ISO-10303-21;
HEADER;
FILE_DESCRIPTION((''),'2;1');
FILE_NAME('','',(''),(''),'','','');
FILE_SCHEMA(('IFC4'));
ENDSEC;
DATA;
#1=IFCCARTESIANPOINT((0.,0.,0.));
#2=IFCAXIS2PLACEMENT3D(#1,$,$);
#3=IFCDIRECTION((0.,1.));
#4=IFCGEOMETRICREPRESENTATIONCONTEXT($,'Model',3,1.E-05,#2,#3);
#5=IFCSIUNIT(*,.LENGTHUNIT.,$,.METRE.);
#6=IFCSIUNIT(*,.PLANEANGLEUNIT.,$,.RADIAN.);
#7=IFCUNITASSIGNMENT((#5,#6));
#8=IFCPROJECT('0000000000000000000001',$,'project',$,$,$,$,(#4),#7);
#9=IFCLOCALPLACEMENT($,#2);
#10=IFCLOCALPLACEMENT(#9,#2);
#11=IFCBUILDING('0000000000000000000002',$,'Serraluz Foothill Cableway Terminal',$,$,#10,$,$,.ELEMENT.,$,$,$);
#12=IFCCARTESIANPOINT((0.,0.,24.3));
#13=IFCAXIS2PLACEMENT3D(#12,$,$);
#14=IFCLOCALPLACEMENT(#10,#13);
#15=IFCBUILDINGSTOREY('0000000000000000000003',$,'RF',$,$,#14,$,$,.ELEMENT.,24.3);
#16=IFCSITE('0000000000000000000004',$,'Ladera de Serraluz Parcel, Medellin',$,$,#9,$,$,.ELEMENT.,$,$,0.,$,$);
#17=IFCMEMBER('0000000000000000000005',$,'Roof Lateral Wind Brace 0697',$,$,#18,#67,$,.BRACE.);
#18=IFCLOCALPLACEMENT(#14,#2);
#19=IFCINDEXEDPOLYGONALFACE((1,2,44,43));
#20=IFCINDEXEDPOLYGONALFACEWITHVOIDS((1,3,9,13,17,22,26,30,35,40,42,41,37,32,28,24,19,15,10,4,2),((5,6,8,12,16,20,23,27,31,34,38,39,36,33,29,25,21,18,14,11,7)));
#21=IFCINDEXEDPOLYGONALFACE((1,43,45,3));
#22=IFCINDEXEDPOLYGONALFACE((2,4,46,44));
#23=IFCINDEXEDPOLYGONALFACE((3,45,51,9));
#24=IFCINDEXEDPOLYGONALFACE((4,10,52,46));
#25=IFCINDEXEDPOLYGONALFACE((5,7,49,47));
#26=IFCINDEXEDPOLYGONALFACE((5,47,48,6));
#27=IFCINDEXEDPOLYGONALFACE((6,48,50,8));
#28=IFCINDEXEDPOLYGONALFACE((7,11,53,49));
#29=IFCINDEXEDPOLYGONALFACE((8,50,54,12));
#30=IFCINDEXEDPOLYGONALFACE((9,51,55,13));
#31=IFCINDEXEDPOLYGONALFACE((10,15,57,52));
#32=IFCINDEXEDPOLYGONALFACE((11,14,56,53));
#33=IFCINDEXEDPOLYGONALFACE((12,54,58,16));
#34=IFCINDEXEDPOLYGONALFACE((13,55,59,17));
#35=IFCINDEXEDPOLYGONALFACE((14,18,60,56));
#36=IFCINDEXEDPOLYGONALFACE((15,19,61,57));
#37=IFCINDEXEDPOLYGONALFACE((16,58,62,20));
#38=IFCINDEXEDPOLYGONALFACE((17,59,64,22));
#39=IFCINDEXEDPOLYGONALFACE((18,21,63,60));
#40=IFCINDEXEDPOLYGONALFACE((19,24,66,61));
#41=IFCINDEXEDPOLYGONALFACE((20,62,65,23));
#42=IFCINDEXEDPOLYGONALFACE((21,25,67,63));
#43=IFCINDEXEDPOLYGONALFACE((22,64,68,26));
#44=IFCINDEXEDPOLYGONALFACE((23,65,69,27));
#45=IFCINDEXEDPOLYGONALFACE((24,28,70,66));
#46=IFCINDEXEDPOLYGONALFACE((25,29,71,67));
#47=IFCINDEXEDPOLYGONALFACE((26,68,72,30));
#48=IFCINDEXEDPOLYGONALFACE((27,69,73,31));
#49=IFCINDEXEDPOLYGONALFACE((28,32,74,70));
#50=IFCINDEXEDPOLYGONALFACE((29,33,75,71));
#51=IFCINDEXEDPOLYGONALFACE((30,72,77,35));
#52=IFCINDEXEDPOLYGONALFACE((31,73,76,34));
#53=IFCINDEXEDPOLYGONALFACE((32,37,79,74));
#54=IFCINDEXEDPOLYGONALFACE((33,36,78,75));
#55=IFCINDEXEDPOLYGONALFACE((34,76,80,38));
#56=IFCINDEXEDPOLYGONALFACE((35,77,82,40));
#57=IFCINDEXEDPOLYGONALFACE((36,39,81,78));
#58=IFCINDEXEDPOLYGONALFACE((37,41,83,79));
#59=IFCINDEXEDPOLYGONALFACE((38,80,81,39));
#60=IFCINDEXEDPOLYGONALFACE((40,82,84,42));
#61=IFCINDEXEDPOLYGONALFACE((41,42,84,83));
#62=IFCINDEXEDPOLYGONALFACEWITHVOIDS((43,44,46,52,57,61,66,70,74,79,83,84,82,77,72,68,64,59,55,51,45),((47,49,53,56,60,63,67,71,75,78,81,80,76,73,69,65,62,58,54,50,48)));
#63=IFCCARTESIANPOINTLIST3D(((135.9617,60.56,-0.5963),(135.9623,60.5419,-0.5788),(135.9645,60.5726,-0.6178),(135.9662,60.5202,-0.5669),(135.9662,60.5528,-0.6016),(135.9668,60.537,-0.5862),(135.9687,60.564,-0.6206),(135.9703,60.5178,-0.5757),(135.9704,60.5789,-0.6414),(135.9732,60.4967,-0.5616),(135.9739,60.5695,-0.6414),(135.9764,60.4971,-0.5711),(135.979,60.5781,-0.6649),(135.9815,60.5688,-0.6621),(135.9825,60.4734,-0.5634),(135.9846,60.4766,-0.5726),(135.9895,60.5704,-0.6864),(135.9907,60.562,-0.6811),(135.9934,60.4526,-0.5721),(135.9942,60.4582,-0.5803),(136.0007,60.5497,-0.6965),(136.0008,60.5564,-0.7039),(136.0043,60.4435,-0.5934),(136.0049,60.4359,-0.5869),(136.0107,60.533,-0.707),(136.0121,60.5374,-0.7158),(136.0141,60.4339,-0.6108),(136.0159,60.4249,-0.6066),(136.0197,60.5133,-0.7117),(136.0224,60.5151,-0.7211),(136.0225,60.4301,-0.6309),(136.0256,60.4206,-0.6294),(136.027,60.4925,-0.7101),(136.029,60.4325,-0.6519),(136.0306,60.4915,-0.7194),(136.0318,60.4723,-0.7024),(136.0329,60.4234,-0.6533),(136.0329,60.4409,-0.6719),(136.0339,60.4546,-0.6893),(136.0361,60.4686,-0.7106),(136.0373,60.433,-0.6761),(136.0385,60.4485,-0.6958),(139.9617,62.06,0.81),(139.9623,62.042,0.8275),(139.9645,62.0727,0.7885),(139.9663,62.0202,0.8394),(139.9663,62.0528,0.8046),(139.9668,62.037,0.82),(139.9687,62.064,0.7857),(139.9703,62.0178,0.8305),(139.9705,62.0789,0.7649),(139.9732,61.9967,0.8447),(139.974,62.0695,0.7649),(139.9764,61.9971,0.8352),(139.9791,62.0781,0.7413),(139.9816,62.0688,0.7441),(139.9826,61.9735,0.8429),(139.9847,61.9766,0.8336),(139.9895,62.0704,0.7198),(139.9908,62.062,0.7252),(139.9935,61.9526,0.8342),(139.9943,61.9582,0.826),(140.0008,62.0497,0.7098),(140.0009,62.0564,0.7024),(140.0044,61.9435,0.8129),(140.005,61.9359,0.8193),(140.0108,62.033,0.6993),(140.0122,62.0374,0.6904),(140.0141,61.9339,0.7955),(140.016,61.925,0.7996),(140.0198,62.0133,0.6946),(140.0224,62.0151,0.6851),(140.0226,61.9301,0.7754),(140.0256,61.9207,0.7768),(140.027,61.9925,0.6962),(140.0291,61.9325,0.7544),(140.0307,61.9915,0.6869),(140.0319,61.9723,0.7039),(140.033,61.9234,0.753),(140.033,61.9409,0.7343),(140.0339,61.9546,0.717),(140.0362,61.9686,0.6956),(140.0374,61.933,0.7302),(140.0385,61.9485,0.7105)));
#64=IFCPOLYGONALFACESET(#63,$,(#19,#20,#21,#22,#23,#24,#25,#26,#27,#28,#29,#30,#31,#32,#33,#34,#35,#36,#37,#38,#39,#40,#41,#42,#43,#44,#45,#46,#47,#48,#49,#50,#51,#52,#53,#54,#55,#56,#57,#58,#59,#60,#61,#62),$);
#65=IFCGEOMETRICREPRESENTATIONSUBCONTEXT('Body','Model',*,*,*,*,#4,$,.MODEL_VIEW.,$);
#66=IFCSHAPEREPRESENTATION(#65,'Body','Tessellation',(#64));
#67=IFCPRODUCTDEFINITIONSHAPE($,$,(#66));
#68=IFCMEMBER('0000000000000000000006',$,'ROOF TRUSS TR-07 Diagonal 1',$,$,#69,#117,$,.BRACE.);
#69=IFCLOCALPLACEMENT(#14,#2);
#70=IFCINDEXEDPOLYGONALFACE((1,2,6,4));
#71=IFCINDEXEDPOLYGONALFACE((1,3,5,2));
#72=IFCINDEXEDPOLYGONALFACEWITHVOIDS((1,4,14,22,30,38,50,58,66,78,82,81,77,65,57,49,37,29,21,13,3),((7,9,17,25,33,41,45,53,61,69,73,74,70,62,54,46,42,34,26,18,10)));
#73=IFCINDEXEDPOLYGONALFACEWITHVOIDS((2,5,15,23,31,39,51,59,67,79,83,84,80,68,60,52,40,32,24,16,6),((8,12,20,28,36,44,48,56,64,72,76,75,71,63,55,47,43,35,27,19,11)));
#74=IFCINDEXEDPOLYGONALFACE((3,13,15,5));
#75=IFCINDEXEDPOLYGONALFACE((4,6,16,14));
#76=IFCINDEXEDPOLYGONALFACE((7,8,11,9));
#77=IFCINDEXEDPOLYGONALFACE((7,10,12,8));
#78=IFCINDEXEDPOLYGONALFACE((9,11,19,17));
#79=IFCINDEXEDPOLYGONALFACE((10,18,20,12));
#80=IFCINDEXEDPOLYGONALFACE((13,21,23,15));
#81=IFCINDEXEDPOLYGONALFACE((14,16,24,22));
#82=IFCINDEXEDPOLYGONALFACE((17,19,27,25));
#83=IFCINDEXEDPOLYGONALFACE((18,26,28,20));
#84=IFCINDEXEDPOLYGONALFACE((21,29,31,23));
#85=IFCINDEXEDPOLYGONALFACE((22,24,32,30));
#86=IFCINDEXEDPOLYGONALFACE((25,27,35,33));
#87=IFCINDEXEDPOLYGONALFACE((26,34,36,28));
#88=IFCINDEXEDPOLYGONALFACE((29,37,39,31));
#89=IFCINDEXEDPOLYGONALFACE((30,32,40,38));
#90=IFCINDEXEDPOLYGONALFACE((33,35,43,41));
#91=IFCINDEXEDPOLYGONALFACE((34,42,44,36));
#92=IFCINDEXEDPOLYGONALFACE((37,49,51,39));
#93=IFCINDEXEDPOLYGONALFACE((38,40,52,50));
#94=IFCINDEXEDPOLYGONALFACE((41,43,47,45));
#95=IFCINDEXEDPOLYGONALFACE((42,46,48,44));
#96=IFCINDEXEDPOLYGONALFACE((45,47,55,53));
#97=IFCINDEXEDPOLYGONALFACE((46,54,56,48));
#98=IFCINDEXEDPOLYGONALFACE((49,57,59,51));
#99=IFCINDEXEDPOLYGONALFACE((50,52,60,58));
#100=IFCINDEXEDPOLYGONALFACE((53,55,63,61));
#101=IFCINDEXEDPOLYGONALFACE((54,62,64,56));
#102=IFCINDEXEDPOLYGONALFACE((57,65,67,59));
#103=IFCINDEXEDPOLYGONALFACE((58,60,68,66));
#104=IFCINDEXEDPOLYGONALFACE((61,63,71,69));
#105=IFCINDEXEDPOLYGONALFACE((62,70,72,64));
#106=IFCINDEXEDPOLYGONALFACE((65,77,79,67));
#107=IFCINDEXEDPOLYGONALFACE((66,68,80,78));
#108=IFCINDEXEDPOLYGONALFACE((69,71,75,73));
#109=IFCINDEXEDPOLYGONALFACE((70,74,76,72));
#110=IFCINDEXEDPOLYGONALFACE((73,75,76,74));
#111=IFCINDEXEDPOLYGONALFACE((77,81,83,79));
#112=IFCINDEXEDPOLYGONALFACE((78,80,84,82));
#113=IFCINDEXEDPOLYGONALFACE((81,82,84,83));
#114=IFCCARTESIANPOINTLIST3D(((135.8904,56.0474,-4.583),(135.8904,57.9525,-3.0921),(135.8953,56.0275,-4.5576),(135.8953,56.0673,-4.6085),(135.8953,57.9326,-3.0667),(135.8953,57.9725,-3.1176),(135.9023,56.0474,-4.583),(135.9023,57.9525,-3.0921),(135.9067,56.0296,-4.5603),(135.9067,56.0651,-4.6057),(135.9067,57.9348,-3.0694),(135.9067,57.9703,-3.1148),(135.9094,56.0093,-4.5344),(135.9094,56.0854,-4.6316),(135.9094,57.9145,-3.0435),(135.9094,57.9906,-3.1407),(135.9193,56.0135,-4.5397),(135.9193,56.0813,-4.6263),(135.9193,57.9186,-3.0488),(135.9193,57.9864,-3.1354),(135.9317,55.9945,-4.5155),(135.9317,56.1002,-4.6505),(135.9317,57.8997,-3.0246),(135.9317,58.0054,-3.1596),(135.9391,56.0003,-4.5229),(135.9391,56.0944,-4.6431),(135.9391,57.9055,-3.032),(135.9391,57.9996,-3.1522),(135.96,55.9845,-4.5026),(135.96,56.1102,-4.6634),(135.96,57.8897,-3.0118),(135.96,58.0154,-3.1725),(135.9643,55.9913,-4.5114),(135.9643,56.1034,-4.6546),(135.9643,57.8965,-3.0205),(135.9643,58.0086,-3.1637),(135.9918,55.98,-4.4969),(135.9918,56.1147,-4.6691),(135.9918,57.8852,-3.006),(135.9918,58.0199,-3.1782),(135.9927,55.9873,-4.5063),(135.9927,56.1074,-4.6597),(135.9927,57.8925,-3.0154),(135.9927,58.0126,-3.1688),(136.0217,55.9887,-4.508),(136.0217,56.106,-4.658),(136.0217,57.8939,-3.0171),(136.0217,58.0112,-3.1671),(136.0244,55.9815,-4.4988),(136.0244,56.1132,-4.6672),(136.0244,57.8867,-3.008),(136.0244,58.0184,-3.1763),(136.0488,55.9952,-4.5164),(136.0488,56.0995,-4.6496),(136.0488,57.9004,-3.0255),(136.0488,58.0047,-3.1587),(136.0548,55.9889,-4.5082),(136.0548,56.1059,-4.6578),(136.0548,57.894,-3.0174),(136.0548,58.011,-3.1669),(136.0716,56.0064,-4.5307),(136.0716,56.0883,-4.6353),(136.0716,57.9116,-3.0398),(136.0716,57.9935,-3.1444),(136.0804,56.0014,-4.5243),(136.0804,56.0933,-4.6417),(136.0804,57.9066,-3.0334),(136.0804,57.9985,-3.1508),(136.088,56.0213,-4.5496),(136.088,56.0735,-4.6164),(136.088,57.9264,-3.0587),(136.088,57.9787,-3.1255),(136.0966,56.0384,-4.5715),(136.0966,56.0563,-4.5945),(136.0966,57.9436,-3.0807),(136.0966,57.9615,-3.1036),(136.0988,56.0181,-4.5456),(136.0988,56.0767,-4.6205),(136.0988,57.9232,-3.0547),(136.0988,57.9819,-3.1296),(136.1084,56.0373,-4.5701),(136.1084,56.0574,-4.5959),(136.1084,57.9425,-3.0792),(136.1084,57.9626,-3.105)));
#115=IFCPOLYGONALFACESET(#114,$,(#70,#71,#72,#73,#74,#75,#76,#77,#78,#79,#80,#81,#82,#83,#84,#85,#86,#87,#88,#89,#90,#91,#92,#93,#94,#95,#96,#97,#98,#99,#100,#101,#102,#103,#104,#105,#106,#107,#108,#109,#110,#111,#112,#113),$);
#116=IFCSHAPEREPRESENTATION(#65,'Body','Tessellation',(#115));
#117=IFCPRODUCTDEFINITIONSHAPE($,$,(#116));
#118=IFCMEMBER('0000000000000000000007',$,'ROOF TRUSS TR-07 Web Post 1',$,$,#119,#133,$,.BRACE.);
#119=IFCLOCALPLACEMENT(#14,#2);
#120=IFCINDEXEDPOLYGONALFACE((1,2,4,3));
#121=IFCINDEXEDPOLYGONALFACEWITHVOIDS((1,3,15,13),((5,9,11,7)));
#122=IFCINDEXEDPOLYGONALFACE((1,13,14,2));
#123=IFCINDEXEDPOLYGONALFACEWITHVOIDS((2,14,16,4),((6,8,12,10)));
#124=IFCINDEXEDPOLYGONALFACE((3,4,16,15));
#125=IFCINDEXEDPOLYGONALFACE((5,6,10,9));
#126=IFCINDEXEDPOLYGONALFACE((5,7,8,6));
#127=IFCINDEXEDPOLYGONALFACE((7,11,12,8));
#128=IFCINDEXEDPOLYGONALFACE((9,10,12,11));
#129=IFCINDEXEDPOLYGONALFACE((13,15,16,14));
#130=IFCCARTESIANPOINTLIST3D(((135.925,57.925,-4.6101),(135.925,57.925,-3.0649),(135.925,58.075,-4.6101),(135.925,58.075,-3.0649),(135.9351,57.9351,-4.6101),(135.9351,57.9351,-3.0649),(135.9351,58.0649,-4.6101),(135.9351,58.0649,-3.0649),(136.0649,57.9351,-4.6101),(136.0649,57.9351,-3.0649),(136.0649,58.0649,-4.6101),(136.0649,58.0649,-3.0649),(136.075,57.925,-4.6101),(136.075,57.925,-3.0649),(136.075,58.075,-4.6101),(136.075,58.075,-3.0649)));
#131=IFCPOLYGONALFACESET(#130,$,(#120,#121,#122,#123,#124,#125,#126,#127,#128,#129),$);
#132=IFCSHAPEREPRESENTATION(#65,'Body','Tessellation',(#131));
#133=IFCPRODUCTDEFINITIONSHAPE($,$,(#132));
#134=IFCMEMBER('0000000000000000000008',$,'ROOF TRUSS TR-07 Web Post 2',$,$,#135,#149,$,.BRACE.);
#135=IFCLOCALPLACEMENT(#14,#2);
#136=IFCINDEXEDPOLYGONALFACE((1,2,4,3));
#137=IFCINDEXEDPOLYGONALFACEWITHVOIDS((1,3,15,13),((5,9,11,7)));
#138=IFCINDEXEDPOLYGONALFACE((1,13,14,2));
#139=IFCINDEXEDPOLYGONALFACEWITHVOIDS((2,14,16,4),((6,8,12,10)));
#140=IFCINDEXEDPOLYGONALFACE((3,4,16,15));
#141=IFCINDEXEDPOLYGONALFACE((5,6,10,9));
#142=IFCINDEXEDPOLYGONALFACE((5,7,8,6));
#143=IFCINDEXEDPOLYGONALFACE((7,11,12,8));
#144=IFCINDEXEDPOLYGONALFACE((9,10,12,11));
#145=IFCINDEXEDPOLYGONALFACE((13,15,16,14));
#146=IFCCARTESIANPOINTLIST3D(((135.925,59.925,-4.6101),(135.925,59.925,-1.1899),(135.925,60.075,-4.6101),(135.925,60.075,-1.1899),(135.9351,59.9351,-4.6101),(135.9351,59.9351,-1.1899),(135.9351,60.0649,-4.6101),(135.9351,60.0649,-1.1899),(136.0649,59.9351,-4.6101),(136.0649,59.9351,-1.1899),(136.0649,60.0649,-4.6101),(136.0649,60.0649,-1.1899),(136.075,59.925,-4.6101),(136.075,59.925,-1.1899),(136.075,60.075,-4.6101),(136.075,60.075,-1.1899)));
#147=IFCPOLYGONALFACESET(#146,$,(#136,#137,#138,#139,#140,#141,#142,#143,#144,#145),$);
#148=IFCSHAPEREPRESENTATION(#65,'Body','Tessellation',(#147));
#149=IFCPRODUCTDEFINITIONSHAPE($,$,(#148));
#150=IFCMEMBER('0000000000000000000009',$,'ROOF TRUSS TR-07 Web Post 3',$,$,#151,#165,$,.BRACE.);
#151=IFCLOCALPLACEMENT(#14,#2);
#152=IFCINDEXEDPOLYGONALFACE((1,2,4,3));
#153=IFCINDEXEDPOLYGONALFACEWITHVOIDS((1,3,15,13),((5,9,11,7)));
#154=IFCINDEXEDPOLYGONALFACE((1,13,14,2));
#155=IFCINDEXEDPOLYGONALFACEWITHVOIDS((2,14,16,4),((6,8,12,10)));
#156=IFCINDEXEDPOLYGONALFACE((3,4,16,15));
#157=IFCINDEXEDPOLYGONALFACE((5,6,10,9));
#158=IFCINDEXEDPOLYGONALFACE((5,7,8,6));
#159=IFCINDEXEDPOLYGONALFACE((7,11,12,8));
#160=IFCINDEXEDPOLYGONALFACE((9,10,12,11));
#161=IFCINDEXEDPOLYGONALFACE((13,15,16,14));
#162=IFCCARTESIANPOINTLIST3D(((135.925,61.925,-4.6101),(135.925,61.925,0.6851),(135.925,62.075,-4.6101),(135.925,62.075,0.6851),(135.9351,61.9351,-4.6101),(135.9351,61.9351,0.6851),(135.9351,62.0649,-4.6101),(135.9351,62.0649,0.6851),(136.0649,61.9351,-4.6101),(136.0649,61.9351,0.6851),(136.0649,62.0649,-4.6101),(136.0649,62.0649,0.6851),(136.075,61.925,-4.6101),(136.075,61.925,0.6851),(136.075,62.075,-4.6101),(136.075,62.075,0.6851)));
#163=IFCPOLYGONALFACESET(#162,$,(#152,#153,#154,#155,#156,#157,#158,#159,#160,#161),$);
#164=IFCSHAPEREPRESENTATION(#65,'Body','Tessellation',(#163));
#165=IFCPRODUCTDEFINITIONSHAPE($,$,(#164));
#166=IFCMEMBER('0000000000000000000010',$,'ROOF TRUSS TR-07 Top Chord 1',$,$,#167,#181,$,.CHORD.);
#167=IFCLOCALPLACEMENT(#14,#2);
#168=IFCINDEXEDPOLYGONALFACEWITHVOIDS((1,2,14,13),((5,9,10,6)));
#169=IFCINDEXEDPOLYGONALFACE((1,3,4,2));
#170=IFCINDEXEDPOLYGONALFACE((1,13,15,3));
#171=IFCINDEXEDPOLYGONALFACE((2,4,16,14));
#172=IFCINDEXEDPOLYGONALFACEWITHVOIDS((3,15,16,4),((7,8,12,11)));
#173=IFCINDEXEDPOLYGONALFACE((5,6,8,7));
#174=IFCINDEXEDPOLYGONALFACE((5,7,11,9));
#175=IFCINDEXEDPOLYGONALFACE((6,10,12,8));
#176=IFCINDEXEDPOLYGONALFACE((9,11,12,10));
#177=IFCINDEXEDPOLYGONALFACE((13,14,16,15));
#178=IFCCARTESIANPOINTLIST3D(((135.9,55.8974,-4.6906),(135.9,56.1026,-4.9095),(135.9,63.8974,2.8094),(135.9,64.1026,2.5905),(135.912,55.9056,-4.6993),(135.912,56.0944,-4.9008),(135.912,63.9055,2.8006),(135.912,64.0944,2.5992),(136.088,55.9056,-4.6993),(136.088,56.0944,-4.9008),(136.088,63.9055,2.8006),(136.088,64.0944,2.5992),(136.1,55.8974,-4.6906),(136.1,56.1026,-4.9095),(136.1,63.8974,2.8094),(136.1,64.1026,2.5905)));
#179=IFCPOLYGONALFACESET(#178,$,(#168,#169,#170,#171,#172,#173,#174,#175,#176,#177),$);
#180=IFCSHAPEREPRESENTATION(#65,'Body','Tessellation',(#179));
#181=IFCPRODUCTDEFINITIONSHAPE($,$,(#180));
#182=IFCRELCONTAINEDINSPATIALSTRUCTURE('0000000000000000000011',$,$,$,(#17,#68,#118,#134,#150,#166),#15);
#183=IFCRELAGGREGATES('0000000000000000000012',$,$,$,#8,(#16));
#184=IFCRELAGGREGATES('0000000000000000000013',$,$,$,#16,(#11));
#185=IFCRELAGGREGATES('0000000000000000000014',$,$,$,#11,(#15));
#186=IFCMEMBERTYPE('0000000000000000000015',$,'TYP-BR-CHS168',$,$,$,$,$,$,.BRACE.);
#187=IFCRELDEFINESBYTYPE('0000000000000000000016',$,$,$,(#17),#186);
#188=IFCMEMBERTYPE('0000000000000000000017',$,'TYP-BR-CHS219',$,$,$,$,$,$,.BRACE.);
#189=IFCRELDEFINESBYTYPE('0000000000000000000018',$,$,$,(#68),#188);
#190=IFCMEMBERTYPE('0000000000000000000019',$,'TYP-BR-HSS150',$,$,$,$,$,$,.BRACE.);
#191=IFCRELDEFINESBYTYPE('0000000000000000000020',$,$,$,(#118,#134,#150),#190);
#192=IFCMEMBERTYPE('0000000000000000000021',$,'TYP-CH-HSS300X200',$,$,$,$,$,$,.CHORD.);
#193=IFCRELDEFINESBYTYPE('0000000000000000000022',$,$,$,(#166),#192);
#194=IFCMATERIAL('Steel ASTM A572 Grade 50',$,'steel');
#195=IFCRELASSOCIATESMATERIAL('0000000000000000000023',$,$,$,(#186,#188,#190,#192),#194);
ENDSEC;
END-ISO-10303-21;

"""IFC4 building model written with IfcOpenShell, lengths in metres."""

from ifc_helpers import new_model, si_unit, direction, frame, origin, origin_2d, place, context, subcontext, project, spatial, hollow_rectangle, hollow_circle, extrude, material, material_profile, profile_set, type_object, element, save


model = new_model("IFC4")

# Units and contexts
model_context = context("Model", 3, precision=1e-05, world=origin(), true_north=direction((0.0, 1.0)))
body_context = subcontext(model_context, "Body", "Model", "MODEL_VIEW")
ifc_project = project(units=[si_unit("LENGTHUNIT", "METRE"), si_unit("PLANEANGLEUNIT", "RADIAN")], contexts=[model_context])

# Site, building, storey
site_placement = place(None, origin())
site = spatial("IfcSite", under=ifc_project, at=site_placement, Name="Ladera de Serraluz Parcel, Medellin", CompositionType="ELEMENT", RefElevation=0.0)
building_placement = place(site_placement, origin())
building = spatial("IfcBuilding", under=site, at=building_placement, Name="Serraluz Foothill Cableway Terminal", CompositionType="ELEMENT")
storey_placement = place(building_placement, frame((0.0, 0.0, 24.3)))
storey = spatial("IfcBuildingStorey", under=building, at=storey_placement, Name="RF", CompositionType="ELEMENT", Elevation=24.3)

# Members
ifc_material_1 = material(Name="Steel ASTM A572 Grade 50", Category="steel")
ifc_material_profile_1 = material_profile(ifc_material_1, hollow_circle(Radius=0.0842, WallThickness=0.01, at=origin_2d()), Name="CHS168X10")
ifc_profile_set_1 = profile_set([ifc_material_profile_1], Name="Steel ASTM A572 Grade 50")
member_type_1 = type_object("IfcMemberType", Name="TYP-BR-CHS168", PredefinedType="BRACE", material=ifc_profile_set_1)
for number, where, z_axis, x_axis, name in (
    (1, (136.0, 60.5, -0.6414), (0.889382, 0.333518, 0.312673), (-0.351123, 0.936329, 0.0), "Roof Lateral Wind Brace 0697"),
):
    element("IfcMember", number, at=place(storey_placement, frame(where, z_axis=z_axis, x_axis=x_axis)), inside=storey, type_object=member_type_1, Name=name, PredefinedType="BRACE", context=body_context, shape_type="SweptSolid", body=[
        extrude(hollow_circle(Radius=0.0842, WallThickness=0.01, at=origin_2d()), origin(), (0.0, 0.0, 1.0), 4.4976),
    ])
ifc_material_profile_2 = material_profile(ifc_material_1, hollow_circle(Radius=0.1096, WallThickness=0.012, at=origin_2d()), Name="CHS219X12")
ifc_profile_set_2 = profile_set([ifc_material_profile_2], Name="Steel ASTM A572 Grade 50")
member_type_2 = type_object("IfcMemberType", Name="TYP-BR-CHS219", PredefinedType="BRACE", material=ifc_profile_set_2)
member_1_placement = place(storey_placement, frame((136.0, 56.0474, -4.583), z_axis=(0.0, 0.787528, 0.616278), x_axis=(-1.0, 0.0, 0.0)))
element("IfcMember", 2, at=member_1_placement, inside=storey, type_object=member_type_2, Name="ROOF TRUSS TR-07 Diagonal 1", PredefinedType="BRACE", context=body_context, shape_type="SweptSolid", body=[
    extrude(hollow_circle(Radius=0.1096, WallThickness=0.012, at=origin_2d()), origin(), (0.0, 0.0, 1.0), 2.4192),
])
ifc_material_profile_3 = material_profile(ifc_material_1, hollow_rectangle(XDim=0.1499, YDim=0.1499, WallThickness=0.01, at=origin_2d()), Name="HSS150X150X10")
ifc_profile_set_3 = profile_set([ifc_material_profile_3], Name="Steel ASTM A572 Grade 50")
member_type_3 = type_object("IfcMemberType", Name="TYP-BR-HSS150", PredefinedType="BRACE", material=ifc_profile_set_3)
member_2_placement = place(storey_placement, frame((136.0, 58.0, -4.6101), z_axis=(0.0, 0.0, 1.0), x_axis=(1.0, 0.0, 0.0)))
element("IfcMember", 3, at=member_2_placement, inside=storey, type_object=member_type_3, Name="ROOF TRUSS TR-07 Web Post 1", PredefinedType="BRACE", context=body_context, shape_type="SweptSolid", body=[
    extrude(hollow_rectangle(XDim=0.1499, YDim=0.1499, WallThickness=0.01, at=origin_2d()), origin(), (0.0, 0.0, 1.0), 1.5452),
])
member_3_placement = place(storey_placement, frame((136.0, 60.0, -4.6101), z_axis=(0.0, 0.0, 1.0), x_axis=(1.0, 0.0, 0.0)))
element("IfcMember", 4, at=member_3_placement, inside=storey, type_object=member_type_3, Name="ROOF TRUSS TR-07 Web Post 2", PredefinedType="BRACE", context=body_context, shape_type="SweptSolid", body=[
    extrude(hollow_rectangle(XDim=0.1499, YDim=0.1499, WallThickness=0.01, at=origin_2d()), origin(), (0.0, 0.0, 1.0), 3.4202),
])
member_4_placement = place(storey_placement, frame((136.0, 62.0, -4.6101), z_axis=(0.0, 0.0, 1.0), x_axis=(1.0, 0.0, 0.0)))
element("IfcMember", 5, at=member_4_placement, inside=storey, type_object=member_type_3, Name="ROOF TRUSS TR-07 Web Post 3", PredefinedType="BRACE", context=body_context, shape_type="SweptSolid", body=[
    extrude(hollow_rectangle(XDim=0.1499, YDim=0.1499, WallThickness=0.01, at=origin_2d()), origin(), (0.0, 0.0, 1.0), 5.2952),
])
ifc_material_profile_4 = material_profile(ifc_material_1, hollow_rectangle(XDim=0.2, YDim=0.3, WallThickness=0.012, at=origin_2d()), Name="HSS300X200X12")
ifc_profile_set_4 = profile_set([ifc_material_profile_4], Name="Steel ASTM A572 Grade 50")
member_type_4 = type_object("IfcMemberType", Name="TYP-CH-HSS300X200", PredefinedType="CHORD", material=ifc_profile_set_4)
member_5_placement = place(storey_placement, frame((136.0, 56.0, -4.8), z_axis=(0.0, 0.729537, 0.683941), x_axis=(-1.0, 0.0, 0.0)))
element("IfcMember", 6, at=member_5_placement, inside=storey, type_object=member_type_4, Name="ROOF TRUSS TR-07 Top Chord 1", PredefinedType="CHORD", context=body_context, shape_type="SweptSolid", body=[
    extrude(hollow_rectangle(XDim=0.2, YDim=0.3, WallThickness=0.012, at=origin_2d()), origin(), (0.0, 0.0, 1.0), 10.9658),
])

save(model, "model.ifc")
